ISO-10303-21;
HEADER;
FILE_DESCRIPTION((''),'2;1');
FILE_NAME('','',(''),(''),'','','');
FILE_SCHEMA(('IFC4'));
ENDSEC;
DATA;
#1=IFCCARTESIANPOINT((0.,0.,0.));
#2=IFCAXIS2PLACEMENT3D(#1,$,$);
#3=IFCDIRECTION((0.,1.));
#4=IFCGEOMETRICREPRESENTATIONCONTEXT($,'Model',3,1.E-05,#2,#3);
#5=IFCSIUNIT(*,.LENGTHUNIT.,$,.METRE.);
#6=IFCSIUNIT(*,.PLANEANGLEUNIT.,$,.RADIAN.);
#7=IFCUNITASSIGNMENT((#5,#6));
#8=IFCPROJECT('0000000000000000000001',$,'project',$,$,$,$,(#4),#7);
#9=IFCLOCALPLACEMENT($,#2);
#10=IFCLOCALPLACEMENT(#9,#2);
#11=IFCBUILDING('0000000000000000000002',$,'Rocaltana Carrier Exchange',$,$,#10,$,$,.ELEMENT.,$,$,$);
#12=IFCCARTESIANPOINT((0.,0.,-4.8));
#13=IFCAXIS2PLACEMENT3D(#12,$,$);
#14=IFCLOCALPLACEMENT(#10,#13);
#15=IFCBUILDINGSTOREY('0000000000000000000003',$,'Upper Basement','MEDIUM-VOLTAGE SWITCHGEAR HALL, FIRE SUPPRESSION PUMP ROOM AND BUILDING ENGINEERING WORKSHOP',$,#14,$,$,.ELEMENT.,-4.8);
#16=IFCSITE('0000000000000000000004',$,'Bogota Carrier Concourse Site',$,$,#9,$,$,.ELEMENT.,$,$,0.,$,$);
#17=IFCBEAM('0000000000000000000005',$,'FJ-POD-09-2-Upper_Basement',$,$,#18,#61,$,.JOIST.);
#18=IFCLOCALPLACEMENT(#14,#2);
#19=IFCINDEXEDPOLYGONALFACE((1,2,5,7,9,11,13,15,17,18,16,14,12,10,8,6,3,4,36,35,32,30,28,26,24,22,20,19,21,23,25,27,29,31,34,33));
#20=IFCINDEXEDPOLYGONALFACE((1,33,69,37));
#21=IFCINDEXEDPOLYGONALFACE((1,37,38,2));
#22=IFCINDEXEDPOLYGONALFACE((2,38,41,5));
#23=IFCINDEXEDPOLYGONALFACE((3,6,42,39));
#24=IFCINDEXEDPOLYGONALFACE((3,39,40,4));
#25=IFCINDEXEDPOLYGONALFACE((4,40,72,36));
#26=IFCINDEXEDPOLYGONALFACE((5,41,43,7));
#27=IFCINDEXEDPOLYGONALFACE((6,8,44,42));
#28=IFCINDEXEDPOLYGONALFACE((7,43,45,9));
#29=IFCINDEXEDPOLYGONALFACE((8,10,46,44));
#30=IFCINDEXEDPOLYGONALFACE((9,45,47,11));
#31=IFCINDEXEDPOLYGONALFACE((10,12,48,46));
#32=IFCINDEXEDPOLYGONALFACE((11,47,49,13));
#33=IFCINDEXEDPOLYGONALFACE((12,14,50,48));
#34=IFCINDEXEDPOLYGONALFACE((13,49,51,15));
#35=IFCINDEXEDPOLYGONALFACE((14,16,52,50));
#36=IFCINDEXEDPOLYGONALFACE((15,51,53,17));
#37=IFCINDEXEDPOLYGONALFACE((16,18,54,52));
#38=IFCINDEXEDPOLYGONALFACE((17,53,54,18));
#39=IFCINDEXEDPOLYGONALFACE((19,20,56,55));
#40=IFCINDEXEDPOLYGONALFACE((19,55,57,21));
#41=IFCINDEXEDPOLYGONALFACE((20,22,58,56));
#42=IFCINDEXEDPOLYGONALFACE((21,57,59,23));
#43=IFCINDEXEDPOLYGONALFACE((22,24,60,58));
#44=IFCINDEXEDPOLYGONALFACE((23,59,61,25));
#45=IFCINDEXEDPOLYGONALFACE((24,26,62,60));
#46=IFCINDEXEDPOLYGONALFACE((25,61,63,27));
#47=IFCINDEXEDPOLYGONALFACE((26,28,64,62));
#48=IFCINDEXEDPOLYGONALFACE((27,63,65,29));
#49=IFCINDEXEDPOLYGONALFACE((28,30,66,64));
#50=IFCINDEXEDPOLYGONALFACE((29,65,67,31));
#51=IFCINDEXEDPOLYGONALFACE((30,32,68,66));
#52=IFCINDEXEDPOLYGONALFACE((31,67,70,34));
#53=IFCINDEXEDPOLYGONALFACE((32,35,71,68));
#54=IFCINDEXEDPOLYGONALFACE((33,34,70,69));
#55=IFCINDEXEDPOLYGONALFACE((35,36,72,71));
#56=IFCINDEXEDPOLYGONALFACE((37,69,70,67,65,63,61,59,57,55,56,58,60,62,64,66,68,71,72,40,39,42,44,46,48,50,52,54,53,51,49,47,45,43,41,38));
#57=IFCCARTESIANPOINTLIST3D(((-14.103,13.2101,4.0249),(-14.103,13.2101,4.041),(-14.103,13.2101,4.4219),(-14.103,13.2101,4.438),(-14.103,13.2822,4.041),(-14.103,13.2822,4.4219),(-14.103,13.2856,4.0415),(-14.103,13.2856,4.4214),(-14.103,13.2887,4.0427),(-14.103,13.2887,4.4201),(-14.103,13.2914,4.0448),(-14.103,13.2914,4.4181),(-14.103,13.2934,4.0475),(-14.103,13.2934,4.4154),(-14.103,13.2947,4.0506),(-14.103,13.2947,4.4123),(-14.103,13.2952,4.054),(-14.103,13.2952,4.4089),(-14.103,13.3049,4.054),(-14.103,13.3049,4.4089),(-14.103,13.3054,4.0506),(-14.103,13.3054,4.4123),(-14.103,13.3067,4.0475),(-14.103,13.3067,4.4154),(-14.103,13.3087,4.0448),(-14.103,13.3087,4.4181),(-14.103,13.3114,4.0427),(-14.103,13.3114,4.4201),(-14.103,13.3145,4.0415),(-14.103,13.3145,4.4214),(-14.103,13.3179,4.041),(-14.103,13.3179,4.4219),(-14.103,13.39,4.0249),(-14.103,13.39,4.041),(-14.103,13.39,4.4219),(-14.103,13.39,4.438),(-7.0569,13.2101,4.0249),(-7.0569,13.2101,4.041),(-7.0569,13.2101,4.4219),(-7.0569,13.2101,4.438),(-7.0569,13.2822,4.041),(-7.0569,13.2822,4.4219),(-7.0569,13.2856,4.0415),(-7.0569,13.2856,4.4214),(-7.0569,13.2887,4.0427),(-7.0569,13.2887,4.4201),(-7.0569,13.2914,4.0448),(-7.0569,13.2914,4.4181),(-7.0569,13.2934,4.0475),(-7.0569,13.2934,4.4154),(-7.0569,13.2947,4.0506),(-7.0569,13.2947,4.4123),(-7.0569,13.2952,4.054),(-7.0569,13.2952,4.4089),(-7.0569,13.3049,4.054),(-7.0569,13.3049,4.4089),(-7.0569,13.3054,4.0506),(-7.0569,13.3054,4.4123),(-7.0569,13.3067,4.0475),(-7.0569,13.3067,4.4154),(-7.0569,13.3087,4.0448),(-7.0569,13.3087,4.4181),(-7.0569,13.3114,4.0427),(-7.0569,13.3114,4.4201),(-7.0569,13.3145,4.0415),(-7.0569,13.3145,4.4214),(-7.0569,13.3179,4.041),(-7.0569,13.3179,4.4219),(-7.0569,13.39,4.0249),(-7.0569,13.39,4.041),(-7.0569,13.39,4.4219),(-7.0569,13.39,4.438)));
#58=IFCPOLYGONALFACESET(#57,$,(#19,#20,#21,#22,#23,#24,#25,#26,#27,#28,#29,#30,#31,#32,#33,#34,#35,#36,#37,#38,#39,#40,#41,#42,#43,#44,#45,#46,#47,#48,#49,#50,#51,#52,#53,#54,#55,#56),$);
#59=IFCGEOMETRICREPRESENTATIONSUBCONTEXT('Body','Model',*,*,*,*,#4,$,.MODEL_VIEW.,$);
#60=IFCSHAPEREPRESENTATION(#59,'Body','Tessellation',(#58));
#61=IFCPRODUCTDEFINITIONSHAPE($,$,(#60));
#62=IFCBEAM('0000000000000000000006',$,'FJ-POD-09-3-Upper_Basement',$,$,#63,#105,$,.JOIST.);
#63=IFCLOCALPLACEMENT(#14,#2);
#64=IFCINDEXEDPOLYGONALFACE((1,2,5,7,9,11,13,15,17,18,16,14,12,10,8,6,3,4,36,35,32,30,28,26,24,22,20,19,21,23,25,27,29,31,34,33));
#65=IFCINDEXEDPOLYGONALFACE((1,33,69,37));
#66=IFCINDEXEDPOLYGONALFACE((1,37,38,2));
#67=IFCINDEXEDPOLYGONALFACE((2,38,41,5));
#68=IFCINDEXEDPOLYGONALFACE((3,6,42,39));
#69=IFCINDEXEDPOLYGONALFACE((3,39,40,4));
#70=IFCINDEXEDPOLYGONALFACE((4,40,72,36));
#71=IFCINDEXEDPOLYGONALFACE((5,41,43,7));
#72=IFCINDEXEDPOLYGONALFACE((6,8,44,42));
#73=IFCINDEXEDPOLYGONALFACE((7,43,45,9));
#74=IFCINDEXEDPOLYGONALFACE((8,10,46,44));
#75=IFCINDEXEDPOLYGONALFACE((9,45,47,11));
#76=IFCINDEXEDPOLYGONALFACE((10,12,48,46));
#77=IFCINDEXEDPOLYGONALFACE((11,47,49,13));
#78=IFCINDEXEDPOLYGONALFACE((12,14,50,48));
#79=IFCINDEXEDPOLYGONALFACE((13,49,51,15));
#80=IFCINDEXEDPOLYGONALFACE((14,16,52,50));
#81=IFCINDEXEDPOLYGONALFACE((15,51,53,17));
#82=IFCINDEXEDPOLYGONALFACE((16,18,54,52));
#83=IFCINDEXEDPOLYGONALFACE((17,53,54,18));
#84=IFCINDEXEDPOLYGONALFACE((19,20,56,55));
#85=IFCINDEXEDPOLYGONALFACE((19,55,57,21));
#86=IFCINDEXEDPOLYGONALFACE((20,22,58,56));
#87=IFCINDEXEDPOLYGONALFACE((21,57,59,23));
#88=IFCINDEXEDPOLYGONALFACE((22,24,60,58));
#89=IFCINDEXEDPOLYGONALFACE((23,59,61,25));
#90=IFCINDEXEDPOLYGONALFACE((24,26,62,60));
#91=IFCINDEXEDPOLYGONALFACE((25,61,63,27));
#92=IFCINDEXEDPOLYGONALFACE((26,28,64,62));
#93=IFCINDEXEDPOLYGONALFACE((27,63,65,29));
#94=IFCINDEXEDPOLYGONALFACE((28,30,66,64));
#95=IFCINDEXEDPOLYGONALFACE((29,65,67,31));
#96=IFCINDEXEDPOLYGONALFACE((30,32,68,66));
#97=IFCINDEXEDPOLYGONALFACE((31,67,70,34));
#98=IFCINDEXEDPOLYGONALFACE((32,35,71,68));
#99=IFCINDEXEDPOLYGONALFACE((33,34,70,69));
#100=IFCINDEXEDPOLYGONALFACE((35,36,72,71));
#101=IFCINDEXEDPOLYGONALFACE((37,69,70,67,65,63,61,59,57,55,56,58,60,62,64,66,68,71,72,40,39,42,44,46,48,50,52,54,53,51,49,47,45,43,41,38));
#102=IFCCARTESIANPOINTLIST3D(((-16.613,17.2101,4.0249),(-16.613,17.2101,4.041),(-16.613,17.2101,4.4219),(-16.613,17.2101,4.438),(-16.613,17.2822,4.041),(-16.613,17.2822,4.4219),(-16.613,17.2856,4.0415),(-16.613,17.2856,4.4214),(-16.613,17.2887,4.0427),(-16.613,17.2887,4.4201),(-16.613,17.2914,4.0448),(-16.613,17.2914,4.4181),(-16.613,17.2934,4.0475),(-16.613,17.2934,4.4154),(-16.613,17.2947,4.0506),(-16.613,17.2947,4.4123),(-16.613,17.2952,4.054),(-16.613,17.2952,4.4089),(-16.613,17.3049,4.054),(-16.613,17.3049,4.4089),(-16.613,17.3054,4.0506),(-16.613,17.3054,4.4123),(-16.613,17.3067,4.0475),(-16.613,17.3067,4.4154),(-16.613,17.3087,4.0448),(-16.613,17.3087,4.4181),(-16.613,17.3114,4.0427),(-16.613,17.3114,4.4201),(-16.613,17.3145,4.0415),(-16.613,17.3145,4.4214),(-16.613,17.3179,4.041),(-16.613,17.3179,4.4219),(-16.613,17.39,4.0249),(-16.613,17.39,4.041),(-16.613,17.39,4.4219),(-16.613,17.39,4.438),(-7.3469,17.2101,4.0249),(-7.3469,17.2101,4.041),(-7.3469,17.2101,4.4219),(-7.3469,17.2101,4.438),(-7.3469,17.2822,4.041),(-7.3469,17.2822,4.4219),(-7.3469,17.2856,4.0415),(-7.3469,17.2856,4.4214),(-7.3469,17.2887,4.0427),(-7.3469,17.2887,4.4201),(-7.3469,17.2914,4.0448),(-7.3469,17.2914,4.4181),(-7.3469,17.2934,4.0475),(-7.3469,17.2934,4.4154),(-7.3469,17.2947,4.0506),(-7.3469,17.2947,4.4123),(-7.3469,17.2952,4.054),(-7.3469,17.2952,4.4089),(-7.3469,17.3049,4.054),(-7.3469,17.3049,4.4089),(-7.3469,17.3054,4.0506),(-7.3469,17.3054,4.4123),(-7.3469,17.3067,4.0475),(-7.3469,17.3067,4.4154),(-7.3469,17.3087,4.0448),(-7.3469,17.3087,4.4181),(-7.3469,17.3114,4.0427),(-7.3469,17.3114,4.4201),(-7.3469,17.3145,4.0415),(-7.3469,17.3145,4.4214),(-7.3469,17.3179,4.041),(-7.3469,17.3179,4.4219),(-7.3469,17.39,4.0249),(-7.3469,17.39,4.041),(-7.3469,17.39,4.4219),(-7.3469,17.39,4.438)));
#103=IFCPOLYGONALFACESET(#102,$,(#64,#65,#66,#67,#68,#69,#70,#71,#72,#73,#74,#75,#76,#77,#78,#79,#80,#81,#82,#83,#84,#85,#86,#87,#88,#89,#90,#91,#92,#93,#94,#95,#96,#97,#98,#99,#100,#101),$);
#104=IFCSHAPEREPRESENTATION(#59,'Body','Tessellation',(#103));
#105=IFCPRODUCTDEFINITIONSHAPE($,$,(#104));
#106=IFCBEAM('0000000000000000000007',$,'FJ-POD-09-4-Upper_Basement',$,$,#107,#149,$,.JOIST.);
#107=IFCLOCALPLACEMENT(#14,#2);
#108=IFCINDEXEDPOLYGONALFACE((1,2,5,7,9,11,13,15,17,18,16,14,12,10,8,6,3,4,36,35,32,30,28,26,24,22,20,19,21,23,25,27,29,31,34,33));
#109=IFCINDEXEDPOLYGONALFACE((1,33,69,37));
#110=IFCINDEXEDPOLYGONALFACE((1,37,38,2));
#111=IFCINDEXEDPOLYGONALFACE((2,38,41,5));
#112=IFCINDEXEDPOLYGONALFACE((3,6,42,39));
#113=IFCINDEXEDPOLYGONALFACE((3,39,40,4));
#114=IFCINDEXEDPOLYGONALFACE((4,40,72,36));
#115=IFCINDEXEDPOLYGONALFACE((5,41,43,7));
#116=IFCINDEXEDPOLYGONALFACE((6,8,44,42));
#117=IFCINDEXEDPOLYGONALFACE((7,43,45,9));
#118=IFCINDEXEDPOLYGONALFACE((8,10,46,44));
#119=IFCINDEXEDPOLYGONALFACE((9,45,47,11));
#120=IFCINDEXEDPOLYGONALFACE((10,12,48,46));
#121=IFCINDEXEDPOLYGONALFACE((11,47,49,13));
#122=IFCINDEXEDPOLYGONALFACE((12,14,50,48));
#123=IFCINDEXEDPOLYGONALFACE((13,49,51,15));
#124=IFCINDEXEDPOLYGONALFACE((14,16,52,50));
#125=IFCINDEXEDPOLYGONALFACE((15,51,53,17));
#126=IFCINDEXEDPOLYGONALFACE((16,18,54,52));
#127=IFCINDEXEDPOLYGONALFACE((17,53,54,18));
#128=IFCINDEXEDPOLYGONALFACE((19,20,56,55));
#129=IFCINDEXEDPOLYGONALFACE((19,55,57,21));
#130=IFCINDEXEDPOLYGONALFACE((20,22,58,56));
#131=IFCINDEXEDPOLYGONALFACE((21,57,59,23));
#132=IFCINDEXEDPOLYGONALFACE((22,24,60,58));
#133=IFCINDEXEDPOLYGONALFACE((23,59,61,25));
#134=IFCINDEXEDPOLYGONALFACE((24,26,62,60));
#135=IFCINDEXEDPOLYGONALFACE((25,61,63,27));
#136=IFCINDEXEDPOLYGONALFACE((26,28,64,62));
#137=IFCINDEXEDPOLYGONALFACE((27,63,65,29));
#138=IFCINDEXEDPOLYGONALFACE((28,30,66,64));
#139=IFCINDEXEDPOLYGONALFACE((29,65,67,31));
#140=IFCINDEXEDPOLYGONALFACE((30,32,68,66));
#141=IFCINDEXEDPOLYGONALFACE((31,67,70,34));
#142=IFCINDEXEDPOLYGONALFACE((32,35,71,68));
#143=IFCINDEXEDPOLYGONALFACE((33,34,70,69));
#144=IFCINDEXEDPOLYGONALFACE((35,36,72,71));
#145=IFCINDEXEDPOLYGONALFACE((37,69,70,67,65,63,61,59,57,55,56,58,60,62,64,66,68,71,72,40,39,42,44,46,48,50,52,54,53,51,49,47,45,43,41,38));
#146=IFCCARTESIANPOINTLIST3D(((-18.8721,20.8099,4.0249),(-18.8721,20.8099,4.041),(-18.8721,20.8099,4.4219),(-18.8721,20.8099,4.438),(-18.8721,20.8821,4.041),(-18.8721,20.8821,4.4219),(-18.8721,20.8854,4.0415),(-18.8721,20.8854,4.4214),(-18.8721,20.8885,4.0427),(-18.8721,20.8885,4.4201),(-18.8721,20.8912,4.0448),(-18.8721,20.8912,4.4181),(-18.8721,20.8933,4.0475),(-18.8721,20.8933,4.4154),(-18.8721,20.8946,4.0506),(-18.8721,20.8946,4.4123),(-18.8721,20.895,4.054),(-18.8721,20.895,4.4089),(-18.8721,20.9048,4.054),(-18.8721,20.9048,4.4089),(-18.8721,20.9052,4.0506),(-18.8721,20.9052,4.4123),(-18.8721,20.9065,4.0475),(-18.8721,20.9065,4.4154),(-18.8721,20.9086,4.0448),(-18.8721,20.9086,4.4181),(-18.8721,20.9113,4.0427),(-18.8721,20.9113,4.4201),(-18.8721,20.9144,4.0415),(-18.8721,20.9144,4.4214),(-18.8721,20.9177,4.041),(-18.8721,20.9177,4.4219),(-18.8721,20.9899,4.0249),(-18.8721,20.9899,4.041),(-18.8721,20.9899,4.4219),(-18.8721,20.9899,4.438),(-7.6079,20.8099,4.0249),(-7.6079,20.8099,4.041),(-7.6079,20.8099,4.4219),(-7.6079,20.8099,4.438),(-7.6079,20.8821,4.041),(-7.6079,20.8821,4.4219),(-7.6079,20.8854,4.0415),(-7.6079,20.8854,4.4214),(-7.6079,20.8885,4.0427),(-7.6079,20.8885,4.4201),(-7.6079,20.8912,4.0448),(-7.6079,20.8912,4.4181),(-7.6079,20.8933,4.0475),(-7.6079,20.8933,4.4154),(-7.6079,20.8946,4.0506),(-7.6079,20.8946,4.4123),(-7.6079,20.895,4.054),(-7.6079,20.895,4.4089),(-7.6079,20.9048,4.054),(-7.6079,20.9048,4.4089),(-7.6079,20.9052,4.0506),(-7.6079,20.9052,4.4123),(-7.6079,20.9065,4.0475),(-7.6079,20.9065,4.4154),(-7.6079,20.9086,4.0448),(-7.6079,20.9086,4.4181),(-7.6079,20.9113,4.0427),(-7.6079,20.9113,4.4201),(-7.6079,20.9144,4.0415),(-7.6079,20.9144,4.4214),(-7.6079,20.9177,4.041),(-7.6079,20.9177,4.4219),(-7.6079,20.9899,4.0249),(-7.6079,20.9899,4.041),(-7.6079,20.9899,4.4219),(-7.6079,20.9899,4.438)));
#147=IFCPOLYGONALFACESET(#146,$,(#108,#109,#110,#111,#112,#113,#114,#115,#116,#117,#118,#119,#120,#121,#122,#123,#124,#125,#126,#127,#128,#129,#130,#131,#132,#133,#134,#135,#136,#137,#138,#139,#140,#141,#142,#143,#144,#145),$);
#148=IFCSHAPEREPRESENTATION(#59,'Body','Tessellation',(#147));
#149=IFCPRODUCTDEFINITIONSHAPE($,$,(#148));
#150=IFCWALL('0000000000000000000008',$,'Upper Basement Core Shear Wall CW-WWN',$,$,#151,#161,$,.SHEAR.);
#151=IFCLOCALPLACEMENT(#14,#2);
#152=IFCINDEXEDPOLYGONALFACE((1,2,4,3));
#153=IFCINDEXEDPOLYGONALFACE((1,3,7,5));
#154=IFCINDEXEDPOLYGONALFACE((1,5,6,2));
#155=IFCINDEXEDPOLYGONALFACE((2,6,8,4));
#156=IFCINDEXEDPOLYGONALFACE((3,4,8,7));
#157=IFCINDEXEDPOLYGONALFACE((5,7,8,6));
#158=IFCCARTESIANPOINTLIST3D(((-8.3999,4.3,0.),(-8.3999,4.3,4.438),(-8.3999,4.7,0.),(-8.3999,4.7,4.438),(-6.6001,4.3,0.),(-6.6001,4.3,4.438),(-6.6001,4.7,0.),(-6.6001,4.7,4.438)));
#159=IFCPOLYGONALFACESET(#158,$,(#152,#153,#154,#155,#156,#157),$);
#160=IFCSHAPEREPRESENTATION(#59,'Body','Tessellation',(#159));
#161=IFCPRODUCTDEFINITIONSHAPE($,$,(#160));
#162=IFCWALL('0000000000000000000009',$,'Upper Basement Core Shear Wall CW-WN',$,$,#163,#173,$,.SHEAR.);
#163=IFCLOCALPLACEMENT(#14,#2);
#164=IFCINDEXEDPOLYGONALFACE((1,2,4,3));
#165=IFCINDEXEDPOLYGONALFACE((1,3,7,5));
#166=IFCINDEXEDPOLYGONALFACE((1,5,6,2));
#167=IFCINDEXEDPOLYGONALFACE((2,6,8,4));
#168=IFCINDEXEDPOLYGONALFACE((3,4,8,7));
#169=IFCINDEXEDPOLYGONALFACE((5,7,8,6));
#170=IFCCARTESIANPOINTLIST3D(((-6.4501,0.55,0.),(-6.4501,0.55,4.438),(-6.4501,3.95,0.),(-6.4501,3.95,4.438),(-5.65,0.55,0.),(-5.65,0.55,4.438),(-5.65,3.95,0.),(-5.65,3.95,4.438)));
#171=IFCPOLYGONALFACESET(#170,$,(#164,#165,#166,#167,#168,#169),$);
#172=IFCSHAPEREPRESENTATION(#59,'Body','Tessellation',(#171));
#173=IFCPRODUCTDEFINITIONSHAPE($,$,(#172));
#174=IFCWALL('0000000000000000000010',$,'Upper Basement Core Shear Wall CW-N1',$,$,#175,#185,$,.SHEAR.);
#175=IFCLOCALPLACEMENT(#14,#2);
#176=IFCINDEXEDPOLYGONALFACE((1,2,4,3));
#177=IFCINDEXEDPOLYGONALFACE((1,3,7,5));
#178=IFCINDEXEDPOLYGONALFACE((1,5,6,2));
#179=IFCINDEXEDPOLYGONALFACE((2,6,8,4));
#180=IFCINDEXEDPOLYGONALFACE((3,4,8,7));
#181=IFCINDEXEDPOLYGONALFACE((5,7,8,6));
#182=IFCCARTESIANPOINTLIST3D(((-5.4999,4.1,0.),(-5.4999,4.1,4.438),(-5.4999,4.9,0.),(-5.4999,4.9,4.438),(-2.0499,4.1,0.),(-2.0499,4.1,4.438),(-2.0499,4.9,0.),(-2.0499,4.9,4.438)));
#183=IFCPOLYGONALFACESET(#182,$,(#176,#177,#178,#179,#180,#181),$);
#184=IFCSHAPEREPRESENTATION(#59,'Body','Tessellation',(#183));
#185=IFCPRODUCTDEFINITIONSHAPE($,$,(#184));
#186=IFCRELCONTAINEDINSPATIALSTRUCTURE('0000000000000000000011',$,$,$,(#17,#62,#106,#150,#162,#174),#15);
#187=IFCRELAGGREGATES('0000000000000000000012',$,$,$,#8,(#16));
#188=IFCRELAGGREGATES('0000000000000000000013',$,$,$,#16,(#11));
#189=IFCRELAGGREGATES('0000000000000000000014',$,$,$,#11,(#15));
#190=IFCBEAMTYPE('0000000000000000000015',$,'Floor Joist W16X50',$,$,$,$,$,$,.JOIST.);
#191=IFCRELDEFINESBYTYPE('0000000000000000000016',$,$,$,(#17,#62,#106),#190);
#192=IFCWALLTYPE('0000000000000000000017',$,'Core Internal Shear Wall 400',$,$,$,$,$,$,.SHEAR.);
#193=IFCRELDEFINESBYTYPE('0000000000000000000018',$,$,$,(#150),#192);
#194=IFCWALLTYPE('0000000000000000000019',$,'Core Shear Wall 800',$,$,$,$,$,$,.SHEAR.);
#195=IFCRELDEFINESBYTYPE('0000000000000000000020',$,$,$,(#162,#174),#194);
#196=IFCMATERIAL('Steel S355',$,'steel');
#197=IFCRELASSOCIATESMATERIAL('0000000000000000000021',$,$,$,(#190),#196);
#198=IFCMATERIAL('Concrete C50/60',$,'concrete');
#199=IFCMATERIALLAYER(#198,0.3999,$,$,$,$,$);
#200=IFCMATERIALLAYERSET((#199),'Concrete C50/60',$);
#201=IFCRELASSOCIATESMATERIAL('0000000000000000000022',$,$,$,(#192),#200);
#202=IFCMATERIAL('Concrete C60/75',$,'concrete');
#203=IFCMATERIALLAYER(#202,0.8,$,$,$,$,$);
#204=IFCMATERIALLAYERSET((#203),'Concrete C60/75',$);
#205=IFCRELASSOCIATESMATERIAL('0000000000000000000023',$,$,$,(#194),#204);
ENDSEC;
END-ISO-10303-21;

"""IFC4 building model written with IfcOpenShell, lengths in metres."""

from ifc_helpers import new_model, si_unit, direction, frame, frame_2d, origin, origin_2d, place, context, subcontext, project, spatial, rectangle, i_section, extrude, material, layer, layer_set, material_profile, profile_set, type_object, element, save


model = new_model("IFC4")

# Units and contexts
model_context = context("Model", 3, precision=1e-05, world=origin(), true_north=direction((0.0, 1.0)))
body_context = subcontext(model_context, "Body", "Model", "MODEL_VIEW")
ifc_project = project(units=[si_unit("LENGTHUNIT", "METRE"), si_unit("PLANEANGLEUNIT", "RADIAN")], contexts=[model_context])

# Site, building, storey
site_placement = place(None, origin())
site = spatial("IfcSite", under=ifc_project, at=site_placement, Name="Bogota Carrier Concourse Site", CompositionType="ELEMENT", RefElevation=0.0)
building_placement = place(site_placement, origin())
building = spatial("IfcBuilding", under=site, at=building_placement, Name="Rocaltana Carrier Exchange", CompositionType="ELEMENT")
storey_placement = place(building_placement, frame((0.0, 0.0, -4.8)))
storey = spatial("IfcBuildingStorey", under=building, at=storey_placement, Name="Upper Basement", Description="MEDIUM-VOLTAGE SWITCHGEAR HALL, FIRE SUPPRESSION PUMP ROOM AND BUILDING ENGINEERING WORKSHOP", CompositionType="ELEMENT", Elevation=-4.8)

# Beams
ifc_material_1 = material(Name="Steel S355", Category="steel")
ifc_material_profile_1 = material_profile(ifc_material_1, i_section(OverallWidth=0.1799, OverallDepth=0.4131, WebThickness=0.0098, FlangeThickness=0.0161, FilletRadius=0.0129, at=origin_2d()), Name="W16X50")
ifc_profile_set_1 = profile_set([ifc_material_profile_1], Name="Steel S355")
beam_type_1 = type_object("IfcBeamType", Name="Floor Joist W16X50", PredefinedType="JOIST", material=ifc_profile_set_1)
beam_1_placement = place(storey_placement, frame((-7.0569, 13.3, 4.2314), z_axis=(-1.0, 0.0, 0.0), x_axis=(0.0, -1.0, 0.0)))
element("IfcBeam", 1, at=beam_1_placement, inside=storey, type_object=beam_type_1, Name="FJ-POD-09-2-Upper_Basement", PredefinedType="JOIST", context=body_context, shape_type="SweptSolid", body=[
    extrude(i_section(OverallWidth=0.1799, OverallDepth=0.4131, WebThickness=0.0098, FlangeThickness=0.0161, FilletRadius=0.0129, at=origin_2d()), origin(), (0.0, 0.0, 1.0), 7.0461),
])
beam_2_placement = place(storey_placement, frame((-7.3469, 17.3, 4.2314), z_axis=(-1.0, 0.0, 0.0), x_axis=(0.0, -1.0, 0.0)))
element("IfcBeam", 2, at=beam_2_placement, inside=storey, type_object=beam_type_1, Name="FJ-POD-09-3-Upper_Basement", PredefinedType="JOIST", context=body_context, shape_type="SweptSolid", body=[
    extrude(i_section(OverallWidth=0.1799, OverallDepth=0.4131, WebThickness=0.0098, FlangeThickness=0.0161, FilletRadius=0.0129, at=origin_2d()), origin(), (0.0, 0.0, 1.0), 9.2661),
])
beam_3_placement = place(storey_placement, frame((-7.6079, 20.8999, 4.2314), z_axis=(-1.0, 0.0, 0.0), x_axis=(0.0, -1.0, 0.0)))
element("IfcBeam", 3, at=beam_3_placement, inside=storey, type_object=beam_type_1, Name="FJ-POD-09-4-Upper_Basement", PredefinedType="JOIST", context=body_context, shape_type="SweptSolid", body=[
    extrude(i_section(OverallWidth=0.1799, OverallDepth=0.4131, WebThickness=0.0098, FlangeThickness=0.0161, FilletRadius=0.0129, at=origin_2d()), origin(), (0.0, 0.0, 1.0), 11.2642),
])

# Walls
ifc_material_2 = material(Name="Concrete C50/60", Category="concrete")
ifc_layer_1 = layer(ifc_material_2, 0.3999)
ifc_layer_set_1 = layer_set([ifc_layer_1], Name="Concrete C50/60")
wall_type_1 = type_object("IfcWallType", Name="Core Internal Shear Wall 400", PredefinedType="SHEAR", material=ifc_layer_set_1)
wall_1_placement = place(storey_placement, frame((-8.3999, 4.5, 0.0), z_axis=(0.0, 0.0, 1.0), x_axis=(1.0, 0.0, 0.0)))
element("IfcWall", 4, at=wall_1_placement, inside=storey, type_object=wall_type_1, Name="Upper Basement Core Shear Wall CW-WWN", PredefinedType="SHEAR", context=body_context, shape_type="SweptSolid", body=[
    extrude(rectangle(XDim=1.7998, YDim=0.3999, at=frame_2d((0.8999, 0.0))), origin(), (0.0, 0.0, 1.0), 4.438),
])
ifc_material_3 = material(Name="Concrete C60/75", Category="concrete")
ifc_layer_2 = layer(ifc_material_3, 0.8)
ifc_layer_set_2 = layer_set([ifc_layer_2], Name="Concrete C60/75")
wall_type_2 = type_object("IfcWallType", Name="Core Shear Wall 800", PredefinedType="SHEAR", material=ifc_layer_set_2)
wall_2_placement = place(storey_placement, frame((-6.05, 0.55, 0.0), z_axis=(0.0, 0.0, 1.0), x_axis=(0.0, 1.0, 0.0)))
element("IfcWall", 5, at=wall_2_placement, inside=storey, type_object=wall_type_2, Name="Upper Basement Core Shear Wall CW-WN", PredefinedType="SHEAR", context=body_context, shape_type="SweptSolid", body=[
    extrude(rectangle(XDim=3.3999, YDim=0.8, at=frame_2d((1.7, 0.0))), origin(), (0.0, 0.0, 1.0), 4.438),
])
wall_3_placement = place(storey_placement, frame((-5.5, 4.5, 0.0), z_axis=(0.0, 0.0, 1.0), x_axis=(1.0, 0.0, 0.0)))
element("IfcWall", 6, at=wall_3_placement, inside=storey, type_object=wall_type_2, Name="Upper Basement Core Shear Wall CW-N1", PredefinedType="SHEAR", context=body_context, shape_type="SweptSolid", body=[
    extrude(rectangle(XDim=3.45, YDim=0.8, at=frame_2d((1.7251, 0.0))), origin(), (0.0, 0.0, 1.0), 4.438),
])

save(model, "model.ifc")
